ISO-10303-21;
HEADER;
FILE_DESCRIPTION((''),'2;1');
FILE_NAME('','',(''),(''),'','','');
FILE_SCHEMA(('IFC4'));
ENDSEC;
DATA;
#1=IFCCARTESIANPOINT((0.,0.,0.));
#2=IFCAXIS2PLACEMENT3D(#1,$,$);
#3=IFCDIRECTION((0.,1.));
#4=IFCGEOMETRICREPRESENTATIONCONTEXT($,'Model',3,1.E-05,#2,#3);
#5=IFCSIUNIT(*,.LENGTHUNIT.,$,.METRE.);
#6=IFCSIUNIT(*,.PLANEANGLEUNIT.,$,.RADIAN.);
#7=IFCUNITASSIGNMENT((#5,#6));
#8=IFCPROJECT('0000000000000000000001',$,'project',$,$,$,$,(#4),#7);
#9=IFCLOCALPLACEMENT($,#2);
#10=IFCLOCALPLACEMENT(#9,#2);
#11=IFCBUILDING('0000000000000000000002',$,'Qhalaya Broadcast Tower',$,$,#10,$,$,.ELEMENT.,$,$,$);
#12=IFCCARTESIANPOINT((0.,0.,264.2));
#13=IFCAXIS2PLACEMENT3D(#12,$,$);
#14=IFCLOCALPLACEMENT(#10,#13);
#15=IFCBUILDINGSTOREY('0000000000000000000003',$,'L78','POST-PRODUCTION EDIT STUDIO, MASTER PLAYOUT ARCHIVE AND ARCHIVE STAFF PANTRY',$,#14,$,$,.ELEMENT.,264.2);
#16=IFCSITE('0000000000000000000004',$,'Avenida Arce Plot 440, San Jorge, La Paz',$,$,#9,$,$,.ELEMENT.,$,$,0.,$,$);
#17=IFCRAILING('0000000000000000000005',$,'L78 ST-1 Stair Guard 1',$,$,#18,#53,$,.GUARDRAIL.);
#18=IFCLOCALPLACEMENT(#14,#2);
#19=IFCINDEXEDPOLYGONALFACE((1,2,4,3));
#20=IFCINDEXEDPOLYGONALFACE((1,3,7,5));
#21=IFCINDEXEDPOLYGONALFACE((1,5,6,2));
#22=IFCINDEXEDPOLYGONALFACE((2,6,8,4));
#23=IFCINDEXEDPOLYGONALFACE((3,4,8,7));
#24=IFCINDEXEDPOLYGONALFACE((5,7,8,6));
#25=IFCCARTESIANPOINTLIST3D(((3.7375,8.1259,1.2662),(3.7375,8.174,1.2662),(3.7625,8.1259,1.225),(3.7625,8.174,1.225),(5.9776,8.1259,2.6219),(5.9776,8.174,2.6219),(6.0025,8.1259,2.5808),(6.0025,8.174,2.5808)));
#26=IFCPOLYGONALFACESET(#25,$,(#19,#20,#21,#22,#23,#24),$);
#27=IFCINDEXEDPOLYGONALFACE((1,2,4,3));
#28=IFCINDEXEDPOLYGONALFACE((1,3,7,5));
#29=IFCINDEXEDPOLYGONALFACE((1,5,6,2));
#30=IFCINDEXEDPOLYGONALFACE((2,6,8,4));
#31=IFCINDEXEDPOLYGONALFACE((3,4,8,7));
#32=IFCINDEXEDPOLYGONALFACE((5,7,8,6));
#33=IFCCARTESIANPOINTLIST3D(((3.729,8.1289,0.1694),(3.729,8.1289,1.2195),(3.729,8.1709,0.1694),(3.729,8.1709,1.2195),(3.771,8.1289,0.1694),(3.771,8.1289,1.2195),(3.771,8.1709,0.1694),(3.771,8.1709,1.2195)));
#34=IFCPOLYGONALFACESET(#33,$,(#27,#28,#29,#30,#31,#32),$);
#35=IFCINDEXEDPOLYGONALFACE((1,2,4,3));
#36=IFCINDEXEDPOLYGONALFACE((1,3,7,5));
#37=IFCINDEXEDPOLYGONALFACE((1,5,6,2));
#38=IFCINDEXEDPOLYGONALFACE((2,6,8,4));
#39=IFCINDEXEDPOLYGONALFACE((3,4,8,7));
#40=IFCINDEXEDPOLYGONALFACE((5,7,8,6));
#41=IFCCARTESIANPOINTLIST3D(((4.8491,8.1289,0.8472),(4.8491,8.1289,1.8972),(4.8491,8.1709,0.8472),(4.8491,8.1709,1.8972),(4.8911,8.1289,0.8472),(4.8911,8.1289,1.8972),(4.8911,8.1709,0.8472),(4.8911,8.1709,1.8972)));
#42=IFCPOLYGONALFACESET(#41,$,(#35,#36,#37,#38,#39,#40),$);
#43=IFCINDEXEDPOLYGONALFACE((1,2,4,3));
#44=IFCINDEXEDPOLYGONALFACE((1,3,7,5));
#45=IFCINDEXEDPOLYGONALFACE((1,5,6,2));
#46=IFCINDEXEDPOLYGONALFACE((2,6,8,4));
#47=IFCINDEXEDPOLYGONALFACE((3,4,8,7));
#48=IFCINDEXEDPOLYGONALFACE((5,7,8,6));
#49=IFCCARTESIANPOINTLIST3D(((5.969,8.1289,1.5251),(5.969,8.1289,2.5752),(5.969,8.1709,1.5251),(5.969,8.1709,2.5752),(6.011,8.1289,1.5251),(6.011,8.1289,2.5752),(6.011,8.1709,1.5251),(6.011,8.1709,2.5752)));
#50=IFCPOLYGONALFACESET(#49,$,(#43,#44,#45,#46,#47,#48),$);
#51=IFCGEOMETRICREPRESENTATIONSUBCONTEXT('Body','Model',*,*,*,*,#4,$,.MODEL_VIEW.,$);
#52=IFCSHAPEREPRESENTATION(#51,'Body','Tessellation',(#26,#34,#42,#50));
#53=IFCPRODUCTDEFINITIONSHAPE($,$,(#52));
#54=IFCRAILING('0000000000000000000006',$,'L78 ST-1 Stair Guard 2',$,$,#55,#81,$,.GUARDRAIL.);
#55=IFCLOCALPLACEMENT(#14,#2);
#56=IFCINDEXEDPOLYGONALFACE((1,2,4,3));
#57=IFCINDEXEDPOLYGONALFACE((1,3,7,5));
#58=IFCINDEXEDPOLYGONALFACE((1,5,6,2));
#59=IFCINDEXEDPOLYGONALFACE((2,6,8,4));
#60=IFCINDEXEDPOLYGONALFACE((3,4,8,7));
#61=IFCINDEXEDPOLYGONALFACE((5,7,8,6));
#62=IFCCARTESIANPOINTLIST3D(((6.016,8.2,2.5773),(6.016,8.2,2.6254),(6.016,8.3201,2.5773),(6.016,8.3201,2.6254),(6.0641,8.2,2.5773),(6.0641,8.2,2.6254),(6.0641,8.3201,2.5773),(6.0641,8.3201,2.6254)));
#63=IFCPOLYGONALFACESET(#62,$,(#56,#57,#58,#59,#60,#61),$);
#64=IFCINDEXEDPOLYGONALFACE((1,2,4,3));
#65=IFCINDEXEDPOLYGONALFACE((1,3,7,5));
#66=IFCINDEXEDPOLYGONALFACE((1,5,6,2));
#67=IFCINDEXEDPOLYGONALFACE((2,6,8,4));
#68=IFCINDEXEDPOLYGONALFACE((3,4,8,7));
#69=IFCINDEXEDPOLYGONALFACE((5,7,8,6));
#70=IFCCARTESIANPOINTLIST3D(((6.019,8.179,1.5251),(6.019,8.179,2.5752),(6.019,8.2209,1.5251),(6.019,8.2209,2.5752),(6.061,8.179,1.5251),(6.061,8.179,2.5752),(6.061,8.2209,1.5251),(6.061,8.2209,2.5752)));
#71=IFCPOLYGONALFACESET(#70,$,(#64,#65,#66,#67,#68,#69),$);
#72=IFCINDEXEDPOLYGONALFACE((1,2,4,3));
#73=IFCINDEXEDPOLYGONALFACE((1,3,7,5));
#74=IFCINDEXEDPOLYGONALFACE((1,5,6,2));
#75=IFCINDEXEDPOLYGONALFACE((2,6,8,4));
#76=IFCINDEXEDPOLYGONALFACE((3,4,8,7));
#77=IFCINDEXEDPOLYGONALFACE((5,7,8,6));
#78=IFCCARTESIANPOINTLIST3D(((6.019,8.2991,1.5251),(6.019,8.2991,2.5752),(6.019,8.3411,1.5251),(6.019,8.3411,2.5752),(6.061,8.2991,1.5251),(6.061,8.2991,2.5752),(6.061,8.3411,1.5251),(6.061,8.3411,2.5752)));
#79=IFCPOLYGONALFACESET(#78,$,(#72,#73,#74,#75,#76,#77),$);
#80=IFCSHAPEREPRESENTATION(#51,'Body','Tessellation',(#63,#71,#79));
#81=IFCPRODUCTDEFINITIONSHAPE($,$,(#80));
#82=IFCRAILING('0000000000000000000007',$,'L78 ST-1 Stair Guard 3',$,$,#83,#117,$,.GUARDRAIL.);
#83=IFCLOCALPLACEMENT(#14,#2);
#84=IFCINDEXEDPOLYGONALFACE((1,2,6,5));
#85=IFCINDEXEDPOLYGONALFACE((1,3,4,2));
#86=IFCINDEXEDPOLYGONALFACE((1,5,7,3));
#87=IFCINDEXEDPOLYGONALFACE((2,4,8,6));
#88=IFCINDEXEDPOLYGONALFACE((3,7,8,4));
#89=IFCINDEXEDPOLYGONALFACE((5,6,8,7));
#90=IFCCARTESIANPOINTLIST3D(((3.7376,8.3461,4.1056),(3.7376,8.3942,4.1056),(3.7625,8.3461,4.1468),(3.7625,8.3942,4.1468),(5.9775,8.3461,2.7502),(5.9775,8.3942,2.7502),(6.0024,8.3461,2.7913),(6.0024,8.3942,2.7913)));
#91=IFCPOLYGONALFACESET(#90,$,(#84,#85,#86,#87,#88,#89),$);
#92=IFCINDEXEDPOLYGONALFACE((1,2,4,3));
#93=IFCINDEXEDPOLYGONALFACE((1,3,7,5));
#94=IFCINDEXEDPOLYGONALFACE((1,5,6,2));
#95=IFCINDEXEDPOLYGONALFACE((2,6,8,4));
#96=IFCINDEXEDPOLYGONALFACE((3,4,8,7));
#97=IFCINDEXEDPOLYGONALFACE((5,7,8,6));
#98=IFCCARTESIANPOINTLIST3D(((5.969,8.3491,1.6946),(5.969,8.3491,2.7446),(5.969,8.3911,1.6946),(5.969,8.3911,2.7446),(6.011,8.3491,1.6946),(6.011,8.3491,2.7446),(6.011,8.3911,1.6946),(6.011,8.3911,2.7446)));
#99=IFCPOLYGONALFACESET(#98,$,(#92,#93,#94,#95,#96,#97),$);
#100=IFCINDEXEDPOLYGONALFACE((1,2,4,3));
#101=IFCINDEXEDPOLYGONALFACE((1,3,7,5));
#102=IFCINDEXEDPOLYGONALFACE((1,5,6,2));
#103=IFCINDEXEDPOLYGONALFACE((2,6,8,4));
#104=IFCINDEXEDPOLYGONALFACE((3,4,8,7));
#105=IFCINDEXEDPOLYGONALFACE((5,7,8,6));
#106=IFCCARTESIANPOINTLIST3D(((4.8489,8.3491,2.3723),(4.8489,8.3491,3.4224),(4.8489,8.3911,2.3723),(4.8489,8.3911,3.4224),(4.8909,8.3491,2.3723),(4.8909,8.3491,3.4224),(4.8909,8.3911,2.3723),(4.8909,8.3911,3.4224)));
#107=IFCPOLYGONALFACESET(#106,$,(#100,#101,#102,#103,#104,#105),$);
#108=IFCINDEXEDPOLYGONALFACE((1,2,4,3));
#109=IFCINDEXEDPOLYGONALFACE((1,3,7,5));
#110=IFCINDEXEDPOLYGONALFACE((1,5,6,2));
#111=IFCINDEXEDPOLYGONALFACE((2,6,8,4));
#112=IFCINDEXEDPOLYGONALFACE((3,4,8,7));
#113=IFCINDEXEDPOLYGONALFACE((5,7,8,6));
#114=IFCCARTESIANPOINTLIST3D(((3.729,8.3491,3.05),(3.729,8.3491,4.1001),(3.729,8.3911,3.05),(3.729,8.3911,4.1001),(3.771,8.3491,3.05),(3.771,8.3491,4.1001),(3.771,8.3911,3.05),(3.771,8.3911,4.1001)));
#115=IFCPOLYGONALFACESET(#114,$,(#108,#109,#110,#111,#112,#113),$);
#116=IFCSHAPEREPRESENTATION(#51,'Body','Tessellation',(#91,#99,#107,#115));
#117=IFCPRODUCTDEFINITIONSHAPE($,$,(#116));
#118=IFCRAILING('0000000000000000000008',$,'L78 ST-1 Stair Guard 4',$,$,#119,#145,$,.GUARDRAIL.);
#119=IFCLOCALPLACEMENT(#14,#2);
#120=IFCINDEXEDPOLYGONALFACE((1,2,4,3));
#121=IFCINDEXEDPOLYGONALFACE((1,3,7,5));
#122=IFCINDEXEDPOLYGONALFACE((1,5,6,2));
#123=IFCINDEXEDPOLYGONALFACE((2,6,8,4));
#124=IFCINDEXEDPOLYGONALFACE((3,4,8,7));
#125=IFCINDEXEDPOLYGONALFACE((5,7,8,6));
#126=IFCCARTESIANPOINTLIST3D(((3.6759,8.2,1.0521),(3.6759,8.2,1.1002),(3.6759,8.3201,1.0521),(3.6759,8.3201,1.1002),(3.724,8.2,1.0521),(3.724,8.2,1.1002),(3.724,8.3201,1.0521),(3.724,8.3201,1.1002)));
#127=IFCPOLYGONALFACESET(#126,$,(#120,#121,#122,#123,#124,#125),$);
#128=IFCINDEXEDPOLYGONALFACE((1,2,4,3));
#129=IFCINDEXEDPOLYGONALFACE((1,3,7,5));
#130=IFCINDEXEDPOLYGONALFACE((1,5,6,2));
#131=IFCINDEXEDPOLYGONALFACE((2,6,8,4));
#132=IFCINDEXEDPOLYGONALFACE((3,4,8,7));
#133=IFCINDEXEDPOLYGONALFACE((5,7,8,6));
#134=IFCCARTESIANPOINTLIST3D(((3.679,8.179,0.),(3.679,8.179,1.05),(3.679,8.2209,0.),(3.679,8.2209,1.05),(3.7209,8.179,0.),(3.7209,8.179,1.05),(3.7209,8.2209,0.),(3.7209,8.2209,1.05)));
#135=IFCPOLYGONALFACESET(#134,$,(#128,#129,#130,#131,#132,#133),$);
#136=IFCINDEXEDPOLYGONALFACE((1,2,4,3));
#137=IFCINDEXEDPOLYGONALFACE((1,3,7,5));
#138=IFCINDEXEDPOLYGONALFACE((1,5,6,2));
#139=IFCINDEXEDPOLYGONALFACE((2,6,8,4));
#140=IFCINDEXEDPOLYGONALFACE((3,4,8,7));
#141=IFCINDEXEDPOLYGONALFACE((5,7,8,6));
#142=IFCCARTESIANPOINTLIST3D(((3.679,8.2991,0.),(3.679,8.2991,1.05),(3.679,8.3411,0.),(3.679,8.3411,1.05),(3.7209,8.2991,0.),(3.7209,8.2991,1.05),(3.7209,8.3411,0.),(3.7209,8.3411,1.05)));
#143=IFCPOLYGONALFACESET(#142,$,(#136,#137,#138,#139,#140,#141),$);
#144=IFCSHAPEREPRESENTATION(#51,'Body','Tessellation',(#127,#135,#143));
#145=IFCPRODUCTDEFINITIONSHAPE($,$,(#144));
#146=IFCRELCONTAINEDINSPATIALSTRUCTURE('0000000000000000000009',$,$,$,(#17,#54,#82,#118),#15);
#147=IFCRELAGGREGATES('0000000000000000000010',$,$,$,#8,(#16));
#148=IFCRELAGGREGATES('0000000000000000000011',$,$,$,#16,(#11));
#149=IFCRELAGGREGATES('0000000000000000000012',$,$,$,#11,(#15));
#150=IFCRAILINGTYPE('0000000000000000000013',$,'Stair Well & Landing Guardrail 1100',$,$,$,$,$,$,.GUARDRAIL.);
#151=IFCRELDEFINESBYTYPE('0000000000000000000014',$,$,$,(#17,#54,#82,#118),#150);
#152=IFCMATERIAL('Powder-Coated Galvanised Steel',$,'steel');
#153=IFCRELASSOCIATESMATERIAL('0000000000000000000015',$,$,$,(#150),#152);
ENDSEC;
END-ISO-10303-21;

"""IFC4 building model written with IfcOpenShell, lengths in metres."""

from ifc_helpers import new_model, si_unit, direction, frame, origin, origin_2d, place, context, subcontext, project, spatial, rectangle, extrude, material, type_object, element, save


model = new_model("IFC4")

# Units and contexts
model_context = context("Model", 3, precision=1e-05, world=origin(), true_north=direction((0.0, 1.0)))
body_context = subcontext(model_context, "Body", "Model", "MODEL_VIEW")
ifc_project = project(units=[si_unit("LENGTHUNIT", "METRE"), si_unit("PLANEANGLEUNIT", "RADIAN")], contexts=[model_context])

# Site, building, storey
site_placement = place(None, origin())
site = spatial("IfcSite", under=ifc_project, at=site_placement, Name="Avenida Arce Plot 440, San Jorge, La Paz", CompositionType="ELEMENT", RefElevation=0.0)
building_placement = place(site_placement, origin())
building = spatial("IfcBuilding", under=site, at=building_placement, Name="Qhalaya Broadcast Tower", CompositionType="ELEMENT")
storey_placement = place(building_placement, frame((0.0, 0.0, 264.2)))
storey = spatial("IfcBuildingStorey", under=building, at=storey_placement, Name="L78", Description="POST-PRODUCTION EDIT STUDIO, MASTER PLAYOUT ARCHIVE AND ARCHIVE STAFF PANTRY", CompositionType="ELEMENT", Elevation=264.2)

# Railings
ifc_material_1 = material(Name="Powder-Coated Galvanised Steel", Category="steel")
railing_type_1 = type_object("IfcRailingType", Name="Stair Well & Landing Guardrail 1100", PredefinedType="GUARDRAIL", material=ifc_material_1)
railing_1_placement = place(storey_placement, frame((3.75, 8.1499, 0.1694)))
element("IfcRailing", 1, at=railing_1_placement, inside=storey, type_object=railing_type_1, Name="L78 ST-1 Stair Guard 1", PredefinedType="GUARDRAIL", context=body_context, shape_type="SweptSolid", body=[
    extrude(rectangle(XDim=0.0481, YDim=0.0481, at=origin_2d()), frame((0.0, 0.0, 1.0762), z_axis=(0.855512, 0.0, 0.517783), x_axis=(0.0, 1.0, 0.0)), (0.0, 0.0, 1.0), 2.6184),
    extrude(rectangle(XDim=0.042, YDim=0.042, at=origin_2d()), origin(), (0.0, 0.0, 1.0), 1.05),
    extrude(rectangle(XDim=0.042, YDim=0.042, at=origin_2d()), frame((1.1201, 0.0, 0.6777)), (0.0, 0.0, 1.0), 1.05),
    extrude(rectangle(XDim=0.042, YDim=0.042, at=origin_2d()), frame((2.24, 0.0, 1.3557)), (0.0, 0.0, 1.0), 1.05),
])
railing_2_placement = place(storey_placement, frame((6.04, 8.2, 1.5251)))
element("IfcRailing", 2, at=railing_2_placement, inside=storey, type_object=railing_type_1, Name="L78 ST-1 Stair Guard 2", PredefinedType="GUARDRAIL", context=body_context, shape_type="SweptSolid", body=[
    extrude(rectangle(XDim=0.0481, YDim=0.0481, at=origin_2d()), frame((0.0, 0.0, 1.0762), z_axis=(0.0, 1.0, 0.0), x_axis=(-1.0, 0.0, 0.0)), (0.0, 0.0, 1.0), 0.1201),
    extrude(rectangle(XDim=0.042, YDim=0.042, at=origin_2d()), origin(), (0.0, 0.0, 1.0), 1.05),
    extrude(rectangle(XDim=0.042, YDim=0.042, at=origin_2d()), frame((0.0, 0.1201, 0.0)), (0.0, 0.0, 1.0), 1.05),
])
railing_3_placement = place(storey_placement, frame((5.99, 8.3701, 1.6946)))
element("IfcRailing", 3, at=railing_3_placement, inside=storey, type_object=railing_type_1, Name="L78 ST-1 Stair Guard 3", PredefinedType="GUARDRAIL", context=body_context, shape_type="SweptSolid", body=[
    extrude(rectangle(XDim=0.0481, YDim=0.0481, at=origin_2d()), frame((0.0, 0.0, 1.0762), z_axis=(-0.855553, 0.0, 0.517715), x_axis=(0.0, -1.0, 0.0)), (0.0, 0.0, 1.0), 2.6182),
    extrude(rectangle(XDim=0.042, YDim=0.042, at=origin_2d()), origin(), (0.0, 0.0, 1.0), 1.05),
    extrude(rectangle(XDim=0.042, YDim=0.042, at=origin_2d()), frame((-1.1201, 0.0, 0.6777)), (0.0, 0.0, 1.0), 1.05),
    extrude(rectangle(XDim=0.042, YDim=0.042, at=origin_2d()), frame((-2.24, 0.0, 1.3555)), (0.0, 0.0, 1.0), 1.05),
])
railing_4_placement = place(storey_placement, frame((3.7, 8.2, 0.0)))
element("IfcRailing", 4, at=railing_4_placement, inside=storey, type_object=railing_type_1, Name="L78 ST-1 Stair Guard 4", PredefinedType="GUARDRAIL", context=body_context, shape_type="SweptSolid", body=[
    extrude(rectangle(XDim=0.0481, YDim=0.0481, at=origin_2d()), frame((0.0, 0.0, 1.0762), z_axis=(0.0, 1.0, 0.0), x_axis=(-1.0, 0.0, 0.0)), (0.0, 0.0, 1.0), 0.1201),
    extrude(rectangle(XDim=0.042, YDim=0.042, at=origin_2d()), origin(), (0.0, 0.0, 1.0), 1.05),
    extrude(rectangle(XDim=0.042, YDim=0.042, at=origin_2d()), frame((0.0, 0.1201, 0.0)), (0.0, 0.0, 1.0), 1.05),
])

save(model, "model.ifc")
